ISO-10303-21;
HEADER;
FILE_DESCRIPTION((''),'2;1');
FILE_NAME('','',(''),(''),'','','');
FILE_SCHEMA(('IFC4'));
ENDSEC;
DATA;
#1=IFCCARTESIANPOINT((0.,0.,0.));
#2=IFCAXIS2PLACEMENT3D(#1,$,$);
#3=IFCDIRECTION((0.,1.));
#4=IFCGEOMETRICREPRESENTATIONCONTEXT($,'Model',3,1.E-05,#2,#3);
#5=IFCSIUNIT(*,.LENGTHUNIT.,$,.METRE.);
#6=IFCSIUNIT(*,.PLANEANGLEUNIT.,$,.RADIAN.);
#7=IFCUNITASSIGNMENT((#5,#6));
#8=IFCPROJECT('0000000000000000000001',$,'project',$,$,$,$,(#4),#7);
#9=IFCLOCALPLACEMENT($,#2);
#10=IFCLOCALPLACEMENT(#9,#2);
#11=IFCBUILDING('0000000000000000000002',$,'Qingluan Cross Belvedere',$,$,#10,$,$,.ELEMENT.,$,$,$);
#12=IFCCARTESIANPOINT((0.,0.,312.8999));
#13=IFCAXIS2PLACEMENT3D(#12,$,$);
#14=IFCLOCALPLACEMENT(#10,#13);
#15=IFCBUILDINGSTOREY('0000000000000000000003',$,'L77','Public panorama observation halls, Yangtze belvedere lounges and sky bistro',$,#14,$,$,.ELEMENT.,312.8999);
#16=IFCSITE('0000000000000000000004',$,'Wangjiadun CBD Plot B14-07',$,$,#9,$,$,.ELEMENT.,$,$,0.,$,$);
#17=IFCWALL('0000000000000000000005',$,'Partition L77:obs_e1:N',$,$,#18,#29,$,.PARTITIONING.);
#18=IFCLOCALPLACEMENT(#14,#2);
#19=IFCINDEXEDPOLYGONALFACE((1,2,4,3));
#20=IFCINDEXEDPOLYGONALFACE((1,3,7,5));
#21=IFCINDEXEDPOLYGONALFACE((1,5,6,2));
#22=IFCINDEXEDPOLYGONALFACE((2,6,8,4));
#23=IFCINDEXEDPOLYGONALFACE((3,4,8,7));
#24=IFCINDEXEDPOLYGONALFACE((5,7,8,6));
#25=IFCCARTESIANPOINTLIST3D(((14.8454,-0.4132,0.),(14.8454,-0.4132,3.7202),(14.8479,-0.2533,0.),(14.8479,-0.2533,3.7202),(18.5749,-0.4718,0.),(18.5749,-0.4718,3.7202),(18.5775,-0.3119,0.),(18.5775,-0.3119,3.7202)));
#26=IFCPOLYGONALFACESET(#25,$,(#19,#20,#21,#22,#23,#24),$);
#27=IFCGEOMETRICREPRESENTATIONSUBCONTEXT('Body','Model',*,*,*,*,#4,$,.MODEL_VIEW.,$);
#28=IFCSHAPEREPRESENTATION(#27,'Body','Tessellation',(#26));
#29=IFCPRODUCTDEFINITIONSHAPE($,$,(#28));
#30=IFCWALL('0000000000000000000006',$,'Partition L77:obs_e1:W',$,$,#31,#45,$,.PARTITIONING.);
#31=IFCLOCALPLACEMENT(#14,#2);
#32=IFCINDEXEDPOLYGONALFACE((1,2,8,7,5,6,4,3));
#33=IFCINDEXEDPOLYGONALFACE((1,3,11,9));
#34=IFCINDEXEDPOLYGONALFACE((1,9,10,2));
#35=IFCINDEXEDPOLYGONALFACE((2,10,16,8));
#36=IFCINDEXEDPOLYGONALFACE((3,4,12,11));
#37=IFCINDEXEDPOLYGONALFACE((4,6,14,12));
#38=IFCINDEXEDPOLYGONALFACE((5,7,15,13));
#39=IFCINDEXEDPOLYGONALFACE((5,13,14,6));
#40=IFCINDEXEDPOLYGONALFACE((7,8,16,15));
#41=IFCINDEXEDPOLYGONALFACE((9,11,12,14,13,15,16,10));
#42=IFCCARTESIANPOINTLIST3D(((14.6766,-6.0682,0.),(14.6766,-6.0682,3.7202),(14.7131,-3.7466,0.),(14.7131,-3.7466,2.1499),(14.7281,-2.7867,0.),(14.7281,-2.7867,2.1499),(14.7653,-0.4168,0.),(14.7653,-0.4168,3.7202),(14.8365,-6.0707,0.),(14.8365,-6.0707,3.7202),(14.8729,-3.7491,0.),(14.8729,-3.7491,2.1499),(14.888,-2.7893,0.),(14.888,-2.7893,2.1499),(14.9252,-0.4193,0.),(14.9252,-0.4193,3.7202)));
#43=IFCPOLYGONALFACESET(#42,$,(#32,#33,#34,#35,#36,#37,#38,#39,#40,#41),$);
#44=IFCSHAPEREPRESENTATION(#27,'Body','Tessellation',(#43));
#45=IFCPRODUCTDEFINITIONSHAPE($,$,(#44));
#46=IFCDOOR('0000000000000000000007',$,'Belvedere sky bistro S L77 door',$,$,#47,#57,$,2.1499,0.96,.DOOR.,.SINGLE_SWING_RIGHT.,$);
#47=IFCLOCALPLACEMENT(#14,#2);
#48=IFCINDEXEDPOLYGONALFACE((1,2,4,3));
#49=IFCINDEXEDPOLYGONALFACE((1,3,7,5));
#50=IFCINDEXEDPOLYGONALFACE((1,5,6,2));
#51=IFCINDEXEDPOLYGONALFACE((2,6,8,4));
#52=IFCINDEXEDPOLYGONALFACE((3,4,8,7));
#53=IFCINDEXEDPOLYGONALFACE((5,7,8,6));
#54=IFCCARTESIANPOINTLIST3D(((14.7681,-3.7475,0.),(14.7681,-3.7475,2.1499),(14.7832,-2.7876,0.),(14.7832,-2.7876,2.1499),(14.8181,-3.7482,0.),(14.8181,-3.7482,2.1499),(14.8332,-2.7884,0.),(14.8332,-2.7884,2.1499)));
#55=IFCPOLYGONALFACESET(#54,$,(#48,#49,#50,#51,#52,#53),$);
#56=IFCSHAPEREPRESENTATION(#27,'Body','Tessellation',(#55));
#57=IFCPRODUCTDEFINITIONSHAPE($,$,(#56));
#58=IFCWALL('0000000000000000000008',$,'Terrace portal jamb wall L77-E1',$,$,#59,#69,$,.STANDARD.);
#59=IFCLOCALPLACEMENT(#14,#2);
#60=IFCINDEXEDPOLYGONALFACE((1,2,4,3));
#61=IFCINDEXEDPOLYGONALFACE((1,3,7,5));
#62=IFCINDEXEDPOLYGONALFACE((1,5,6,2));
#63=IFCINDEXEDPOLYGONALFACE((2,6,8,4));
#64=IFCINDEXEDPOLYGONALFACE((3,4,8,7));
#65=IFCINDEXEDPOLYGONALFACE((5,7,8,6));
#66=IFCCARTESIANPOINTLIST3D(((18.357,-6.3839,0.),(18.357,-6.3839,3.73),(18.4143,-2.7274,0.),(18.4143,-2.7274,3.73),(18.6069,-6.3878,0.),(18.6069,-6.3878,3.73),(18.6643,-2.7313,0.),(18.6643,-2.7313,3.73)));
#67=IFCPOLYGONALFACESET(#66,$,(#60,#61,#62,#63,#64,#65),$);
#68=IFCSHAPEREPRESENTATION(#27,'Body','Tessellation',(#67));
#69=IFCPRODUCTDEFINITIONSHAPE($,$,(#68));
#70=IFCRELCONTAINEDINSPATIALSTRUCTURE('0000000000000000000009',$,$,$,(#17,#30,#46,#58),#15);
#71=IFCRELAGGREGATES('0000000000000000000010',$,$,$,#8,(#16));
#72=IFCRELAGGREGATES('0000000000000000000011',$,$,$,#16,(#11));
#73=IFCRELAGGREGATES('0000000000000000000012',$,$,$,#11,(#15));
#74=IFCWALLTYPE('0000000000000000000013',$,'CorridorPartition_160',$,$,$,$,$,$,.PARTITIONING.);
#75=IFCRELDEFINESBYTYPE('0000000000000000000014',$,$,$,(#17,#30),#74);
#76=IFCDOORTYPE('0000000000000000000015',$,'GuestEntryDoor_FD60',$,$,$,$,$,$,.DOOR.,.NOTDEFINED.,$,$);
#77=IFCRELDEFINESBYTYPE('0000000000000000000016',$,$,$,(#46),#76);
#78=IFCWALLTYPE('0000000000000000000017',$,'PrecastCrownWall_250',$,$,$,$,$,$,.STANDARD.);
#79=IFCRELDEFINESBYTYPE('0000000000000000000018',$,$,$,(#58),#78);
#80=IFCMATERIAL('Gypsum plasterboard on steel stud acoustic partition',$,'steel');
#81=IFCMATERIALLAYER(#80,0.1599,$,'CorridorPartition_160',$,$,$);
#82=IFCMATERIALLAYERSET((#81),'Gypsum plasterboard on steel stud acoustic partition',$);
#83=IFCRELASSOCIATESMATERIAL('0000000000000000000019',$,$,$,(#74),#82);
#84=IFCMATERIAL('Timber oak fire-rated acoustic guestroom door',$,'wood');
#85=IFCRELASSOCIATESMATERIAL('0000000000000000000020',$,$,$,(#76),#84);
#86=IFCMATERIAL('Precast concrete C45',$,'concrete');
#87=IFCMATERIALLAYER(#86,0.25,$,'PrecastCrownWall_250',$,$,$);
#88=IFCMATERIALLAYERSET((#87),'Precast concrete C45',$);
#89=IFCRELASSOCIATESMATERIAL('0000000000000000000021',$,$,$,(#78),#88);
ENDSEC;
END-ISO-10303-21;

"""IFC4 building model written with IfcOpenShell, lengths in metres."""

from ifc_helpers import new_model, si_unit, direction, frame, frame_2d, origin, place, context, subcontext, project, spatial, rectangle, extrude, material, layer, layer_set, type_object, element, fill, save


model = new_model("IFC4")

# Units and contexts
model_context = context("Model", 3, precision=1e-05, world=origin(), true_north=direction((0.0, 1.0)))
body_context = subcontext(model_context, "Body", "Model", "MODEL_VIEW")
ifc_project = project(units=[si_unit("LENGTHUNIT", "METRE"), si_unit("PLANEANGLEUNIT", "RADIAN")], contexts=[model_context])

# Site, building, storey
site_placement = place(None, origin())
site = spatial("IfcSite", under=ifc_project, at=site_placement, Name="Wangjiadun CBD Plot B14-07", CompositionType="ELEMENT", RefElevation=0.0)
building_placement = place(site_placement, origin())
building = spatial("IfcBuilding", under=site, at=building_placement, Name="Qingluan Cross Belvedere", CompositionType="ELEMENT")
storey_placement = place(building_placement, frame((0.0, 0.0, 312.8999)))
storey = spatial("IfcBuildingStorey", under=building, at=storey_placement, Name="L77", Description="Public panorama observation halls, Yangtze belvedere lounges and sky bistro", CompositionType="ELEMENT", Elevation=312.8999)

# Wall
ifc_material_1 = material(Name="Gypsum plasterboard on steel stud acoustic partition", Category="steel")
ifc_layer_1 = layer(ifc_material_1, 0.1599, Name="CorridorPartition_160")
ifc_layer_set_1 = layer_set([ifc_layer_1], Name="Gypsum plasterboard on steel stud acoustic partition")
wall_type_1 = type_object("IfcWallType", Name="CorridorPartition_160", PredefinedType="PARTITIONING", material=ifc_layer_set_1)
wall_1_placement = place(storey_placement, frame((14.8467, -0.3333, 0.0), z_axis=(0.0, 0.0, 1.0), x_axis=(0.999877, -0.015709, 0.0)))
element("IfcWall", 1, at=wall_1_placement, inside=storey, type_object=wall_type_1, Name="Partition L77:obs_e1:N", PredefinedType="PARTITIONING", context=body_context, shape_type="SweptSolid", body=[
    extrude(rectangle(XDim=3.73, YDim=0.1599, at=frame_2d((1.865, 0.0))), origin(), (0.0, 0.0, 1.0), 3.7202),
])

# Wall, opening, door
wall_2_placement = place(storey_placement, frame((14.7566, -6.0696, 0.0), z_axis=(0.0, 0.0, 1.0), x_axis=(0.01568, 0.999877, 0.0)))
wall_2 = element("IfcWall", 2, at=wall_2_placement, inside=storey, type_object=wall_type_1, Name="Partition L77:obs_e1:W", PredefinedType="PARTITIONING", context=body_context, shape_type="SweptSolid", body=[
    extrude(rectangle(XDim=5.6521, YDim=0.1599, at=frame_2d((2.8262, 0.0))), origin(), (0.0, 0.0, 1.0), 3.7202),
])
opening_placement = place(wall_2_placement, frame((2.322, 0.0, 0.0)))
opening = element("IfcOpeningElement", 3, at=opening_placement, cuts=wall_2, PredefinedType="OPENING", context=body_context, shape_type="SweptSolid", body=[
    extrude(rectangle(XDim=0.96, YDim=2.1499, at=frame_2d((0.48, 1.075))), frame((0.0, 0.0898, 0.0), z_axis=(0.0, -1.0, 0.0), x_axis=(1.0, 0.0, 0.0)), (0.0, 0.0, 1.0), 0.1799),
])
ifc_material_2 = material(Name="Timber oak fire-rated acoustic guestroom door", Category="wood")
door_type = type_object("IfcDoorType", Name="GuestEntryDoor_FD60", OperationType="NOTDEFINED", PredefinedType="DOOR", material=ifc_material_2)
door_placement = place(opening_placement, origin())
door = element("IfcDoor", 4, at=door_placement, inside=storey, type_object=door_type, Name="Belvedere sky bistro S L77 door", OperationType="SINGLE_SWING_RIGHT", OverallHeight=2.1499, OverallWidth=0.96, PredefinedType="DOOR", context=body_context, shape_type="SweptSolid", body=[
    extrude(rectangle(XDim=0.96, YDim=2.1499, at=frame_2d((0.48, 1.075))), frame((0.0, 0.0249, 0.0), z_axis=(0.0, -1.0, 0.0), x_axis=(1.0, 0.0, 0.0)), (0.0, 0.0, 1.0), 0.05),
])
fill(opening, door)

# Wall
ifc_material_3 = material(Name="Precast concrete C45", Category="concrete")
ifc_layer_2 = layer(ifc_material_3, 0.25, Name="PrecastCrownWall_250")
ifc_layer_set_2 = layer_set([ifc_layer_2], Name="Precast concrete C45")
wall_type_2 = type_object("IfcWallType", Name="PrecastCrownWall_250", PredefinedType="STANDARD", material=ifc_layer_set_2)
wall_3_placement = place(storey_placement, frame((18.4819, -6.386, 0.0), z_axis=(0.0, 0.0, 1.0), x_axis=(0.015689, 0.999877, 0.0)))
element("IfcWall", 5, at=wall_3_placement, inside=storey, type_object=wall_type_2, Name="Terrace portal jamb wall L77-E1", PredefinedType="STANDARD", context=body_context, shape_type="SweptSolid", body=[
    extrude(rectangle(XDim=3.657, YDim=0.25, at=frame_2d((1.8286, 0.0))), origin(), (0.0, 0.0, 1.0), 3.73),
])

save(model, "model.ifc")
